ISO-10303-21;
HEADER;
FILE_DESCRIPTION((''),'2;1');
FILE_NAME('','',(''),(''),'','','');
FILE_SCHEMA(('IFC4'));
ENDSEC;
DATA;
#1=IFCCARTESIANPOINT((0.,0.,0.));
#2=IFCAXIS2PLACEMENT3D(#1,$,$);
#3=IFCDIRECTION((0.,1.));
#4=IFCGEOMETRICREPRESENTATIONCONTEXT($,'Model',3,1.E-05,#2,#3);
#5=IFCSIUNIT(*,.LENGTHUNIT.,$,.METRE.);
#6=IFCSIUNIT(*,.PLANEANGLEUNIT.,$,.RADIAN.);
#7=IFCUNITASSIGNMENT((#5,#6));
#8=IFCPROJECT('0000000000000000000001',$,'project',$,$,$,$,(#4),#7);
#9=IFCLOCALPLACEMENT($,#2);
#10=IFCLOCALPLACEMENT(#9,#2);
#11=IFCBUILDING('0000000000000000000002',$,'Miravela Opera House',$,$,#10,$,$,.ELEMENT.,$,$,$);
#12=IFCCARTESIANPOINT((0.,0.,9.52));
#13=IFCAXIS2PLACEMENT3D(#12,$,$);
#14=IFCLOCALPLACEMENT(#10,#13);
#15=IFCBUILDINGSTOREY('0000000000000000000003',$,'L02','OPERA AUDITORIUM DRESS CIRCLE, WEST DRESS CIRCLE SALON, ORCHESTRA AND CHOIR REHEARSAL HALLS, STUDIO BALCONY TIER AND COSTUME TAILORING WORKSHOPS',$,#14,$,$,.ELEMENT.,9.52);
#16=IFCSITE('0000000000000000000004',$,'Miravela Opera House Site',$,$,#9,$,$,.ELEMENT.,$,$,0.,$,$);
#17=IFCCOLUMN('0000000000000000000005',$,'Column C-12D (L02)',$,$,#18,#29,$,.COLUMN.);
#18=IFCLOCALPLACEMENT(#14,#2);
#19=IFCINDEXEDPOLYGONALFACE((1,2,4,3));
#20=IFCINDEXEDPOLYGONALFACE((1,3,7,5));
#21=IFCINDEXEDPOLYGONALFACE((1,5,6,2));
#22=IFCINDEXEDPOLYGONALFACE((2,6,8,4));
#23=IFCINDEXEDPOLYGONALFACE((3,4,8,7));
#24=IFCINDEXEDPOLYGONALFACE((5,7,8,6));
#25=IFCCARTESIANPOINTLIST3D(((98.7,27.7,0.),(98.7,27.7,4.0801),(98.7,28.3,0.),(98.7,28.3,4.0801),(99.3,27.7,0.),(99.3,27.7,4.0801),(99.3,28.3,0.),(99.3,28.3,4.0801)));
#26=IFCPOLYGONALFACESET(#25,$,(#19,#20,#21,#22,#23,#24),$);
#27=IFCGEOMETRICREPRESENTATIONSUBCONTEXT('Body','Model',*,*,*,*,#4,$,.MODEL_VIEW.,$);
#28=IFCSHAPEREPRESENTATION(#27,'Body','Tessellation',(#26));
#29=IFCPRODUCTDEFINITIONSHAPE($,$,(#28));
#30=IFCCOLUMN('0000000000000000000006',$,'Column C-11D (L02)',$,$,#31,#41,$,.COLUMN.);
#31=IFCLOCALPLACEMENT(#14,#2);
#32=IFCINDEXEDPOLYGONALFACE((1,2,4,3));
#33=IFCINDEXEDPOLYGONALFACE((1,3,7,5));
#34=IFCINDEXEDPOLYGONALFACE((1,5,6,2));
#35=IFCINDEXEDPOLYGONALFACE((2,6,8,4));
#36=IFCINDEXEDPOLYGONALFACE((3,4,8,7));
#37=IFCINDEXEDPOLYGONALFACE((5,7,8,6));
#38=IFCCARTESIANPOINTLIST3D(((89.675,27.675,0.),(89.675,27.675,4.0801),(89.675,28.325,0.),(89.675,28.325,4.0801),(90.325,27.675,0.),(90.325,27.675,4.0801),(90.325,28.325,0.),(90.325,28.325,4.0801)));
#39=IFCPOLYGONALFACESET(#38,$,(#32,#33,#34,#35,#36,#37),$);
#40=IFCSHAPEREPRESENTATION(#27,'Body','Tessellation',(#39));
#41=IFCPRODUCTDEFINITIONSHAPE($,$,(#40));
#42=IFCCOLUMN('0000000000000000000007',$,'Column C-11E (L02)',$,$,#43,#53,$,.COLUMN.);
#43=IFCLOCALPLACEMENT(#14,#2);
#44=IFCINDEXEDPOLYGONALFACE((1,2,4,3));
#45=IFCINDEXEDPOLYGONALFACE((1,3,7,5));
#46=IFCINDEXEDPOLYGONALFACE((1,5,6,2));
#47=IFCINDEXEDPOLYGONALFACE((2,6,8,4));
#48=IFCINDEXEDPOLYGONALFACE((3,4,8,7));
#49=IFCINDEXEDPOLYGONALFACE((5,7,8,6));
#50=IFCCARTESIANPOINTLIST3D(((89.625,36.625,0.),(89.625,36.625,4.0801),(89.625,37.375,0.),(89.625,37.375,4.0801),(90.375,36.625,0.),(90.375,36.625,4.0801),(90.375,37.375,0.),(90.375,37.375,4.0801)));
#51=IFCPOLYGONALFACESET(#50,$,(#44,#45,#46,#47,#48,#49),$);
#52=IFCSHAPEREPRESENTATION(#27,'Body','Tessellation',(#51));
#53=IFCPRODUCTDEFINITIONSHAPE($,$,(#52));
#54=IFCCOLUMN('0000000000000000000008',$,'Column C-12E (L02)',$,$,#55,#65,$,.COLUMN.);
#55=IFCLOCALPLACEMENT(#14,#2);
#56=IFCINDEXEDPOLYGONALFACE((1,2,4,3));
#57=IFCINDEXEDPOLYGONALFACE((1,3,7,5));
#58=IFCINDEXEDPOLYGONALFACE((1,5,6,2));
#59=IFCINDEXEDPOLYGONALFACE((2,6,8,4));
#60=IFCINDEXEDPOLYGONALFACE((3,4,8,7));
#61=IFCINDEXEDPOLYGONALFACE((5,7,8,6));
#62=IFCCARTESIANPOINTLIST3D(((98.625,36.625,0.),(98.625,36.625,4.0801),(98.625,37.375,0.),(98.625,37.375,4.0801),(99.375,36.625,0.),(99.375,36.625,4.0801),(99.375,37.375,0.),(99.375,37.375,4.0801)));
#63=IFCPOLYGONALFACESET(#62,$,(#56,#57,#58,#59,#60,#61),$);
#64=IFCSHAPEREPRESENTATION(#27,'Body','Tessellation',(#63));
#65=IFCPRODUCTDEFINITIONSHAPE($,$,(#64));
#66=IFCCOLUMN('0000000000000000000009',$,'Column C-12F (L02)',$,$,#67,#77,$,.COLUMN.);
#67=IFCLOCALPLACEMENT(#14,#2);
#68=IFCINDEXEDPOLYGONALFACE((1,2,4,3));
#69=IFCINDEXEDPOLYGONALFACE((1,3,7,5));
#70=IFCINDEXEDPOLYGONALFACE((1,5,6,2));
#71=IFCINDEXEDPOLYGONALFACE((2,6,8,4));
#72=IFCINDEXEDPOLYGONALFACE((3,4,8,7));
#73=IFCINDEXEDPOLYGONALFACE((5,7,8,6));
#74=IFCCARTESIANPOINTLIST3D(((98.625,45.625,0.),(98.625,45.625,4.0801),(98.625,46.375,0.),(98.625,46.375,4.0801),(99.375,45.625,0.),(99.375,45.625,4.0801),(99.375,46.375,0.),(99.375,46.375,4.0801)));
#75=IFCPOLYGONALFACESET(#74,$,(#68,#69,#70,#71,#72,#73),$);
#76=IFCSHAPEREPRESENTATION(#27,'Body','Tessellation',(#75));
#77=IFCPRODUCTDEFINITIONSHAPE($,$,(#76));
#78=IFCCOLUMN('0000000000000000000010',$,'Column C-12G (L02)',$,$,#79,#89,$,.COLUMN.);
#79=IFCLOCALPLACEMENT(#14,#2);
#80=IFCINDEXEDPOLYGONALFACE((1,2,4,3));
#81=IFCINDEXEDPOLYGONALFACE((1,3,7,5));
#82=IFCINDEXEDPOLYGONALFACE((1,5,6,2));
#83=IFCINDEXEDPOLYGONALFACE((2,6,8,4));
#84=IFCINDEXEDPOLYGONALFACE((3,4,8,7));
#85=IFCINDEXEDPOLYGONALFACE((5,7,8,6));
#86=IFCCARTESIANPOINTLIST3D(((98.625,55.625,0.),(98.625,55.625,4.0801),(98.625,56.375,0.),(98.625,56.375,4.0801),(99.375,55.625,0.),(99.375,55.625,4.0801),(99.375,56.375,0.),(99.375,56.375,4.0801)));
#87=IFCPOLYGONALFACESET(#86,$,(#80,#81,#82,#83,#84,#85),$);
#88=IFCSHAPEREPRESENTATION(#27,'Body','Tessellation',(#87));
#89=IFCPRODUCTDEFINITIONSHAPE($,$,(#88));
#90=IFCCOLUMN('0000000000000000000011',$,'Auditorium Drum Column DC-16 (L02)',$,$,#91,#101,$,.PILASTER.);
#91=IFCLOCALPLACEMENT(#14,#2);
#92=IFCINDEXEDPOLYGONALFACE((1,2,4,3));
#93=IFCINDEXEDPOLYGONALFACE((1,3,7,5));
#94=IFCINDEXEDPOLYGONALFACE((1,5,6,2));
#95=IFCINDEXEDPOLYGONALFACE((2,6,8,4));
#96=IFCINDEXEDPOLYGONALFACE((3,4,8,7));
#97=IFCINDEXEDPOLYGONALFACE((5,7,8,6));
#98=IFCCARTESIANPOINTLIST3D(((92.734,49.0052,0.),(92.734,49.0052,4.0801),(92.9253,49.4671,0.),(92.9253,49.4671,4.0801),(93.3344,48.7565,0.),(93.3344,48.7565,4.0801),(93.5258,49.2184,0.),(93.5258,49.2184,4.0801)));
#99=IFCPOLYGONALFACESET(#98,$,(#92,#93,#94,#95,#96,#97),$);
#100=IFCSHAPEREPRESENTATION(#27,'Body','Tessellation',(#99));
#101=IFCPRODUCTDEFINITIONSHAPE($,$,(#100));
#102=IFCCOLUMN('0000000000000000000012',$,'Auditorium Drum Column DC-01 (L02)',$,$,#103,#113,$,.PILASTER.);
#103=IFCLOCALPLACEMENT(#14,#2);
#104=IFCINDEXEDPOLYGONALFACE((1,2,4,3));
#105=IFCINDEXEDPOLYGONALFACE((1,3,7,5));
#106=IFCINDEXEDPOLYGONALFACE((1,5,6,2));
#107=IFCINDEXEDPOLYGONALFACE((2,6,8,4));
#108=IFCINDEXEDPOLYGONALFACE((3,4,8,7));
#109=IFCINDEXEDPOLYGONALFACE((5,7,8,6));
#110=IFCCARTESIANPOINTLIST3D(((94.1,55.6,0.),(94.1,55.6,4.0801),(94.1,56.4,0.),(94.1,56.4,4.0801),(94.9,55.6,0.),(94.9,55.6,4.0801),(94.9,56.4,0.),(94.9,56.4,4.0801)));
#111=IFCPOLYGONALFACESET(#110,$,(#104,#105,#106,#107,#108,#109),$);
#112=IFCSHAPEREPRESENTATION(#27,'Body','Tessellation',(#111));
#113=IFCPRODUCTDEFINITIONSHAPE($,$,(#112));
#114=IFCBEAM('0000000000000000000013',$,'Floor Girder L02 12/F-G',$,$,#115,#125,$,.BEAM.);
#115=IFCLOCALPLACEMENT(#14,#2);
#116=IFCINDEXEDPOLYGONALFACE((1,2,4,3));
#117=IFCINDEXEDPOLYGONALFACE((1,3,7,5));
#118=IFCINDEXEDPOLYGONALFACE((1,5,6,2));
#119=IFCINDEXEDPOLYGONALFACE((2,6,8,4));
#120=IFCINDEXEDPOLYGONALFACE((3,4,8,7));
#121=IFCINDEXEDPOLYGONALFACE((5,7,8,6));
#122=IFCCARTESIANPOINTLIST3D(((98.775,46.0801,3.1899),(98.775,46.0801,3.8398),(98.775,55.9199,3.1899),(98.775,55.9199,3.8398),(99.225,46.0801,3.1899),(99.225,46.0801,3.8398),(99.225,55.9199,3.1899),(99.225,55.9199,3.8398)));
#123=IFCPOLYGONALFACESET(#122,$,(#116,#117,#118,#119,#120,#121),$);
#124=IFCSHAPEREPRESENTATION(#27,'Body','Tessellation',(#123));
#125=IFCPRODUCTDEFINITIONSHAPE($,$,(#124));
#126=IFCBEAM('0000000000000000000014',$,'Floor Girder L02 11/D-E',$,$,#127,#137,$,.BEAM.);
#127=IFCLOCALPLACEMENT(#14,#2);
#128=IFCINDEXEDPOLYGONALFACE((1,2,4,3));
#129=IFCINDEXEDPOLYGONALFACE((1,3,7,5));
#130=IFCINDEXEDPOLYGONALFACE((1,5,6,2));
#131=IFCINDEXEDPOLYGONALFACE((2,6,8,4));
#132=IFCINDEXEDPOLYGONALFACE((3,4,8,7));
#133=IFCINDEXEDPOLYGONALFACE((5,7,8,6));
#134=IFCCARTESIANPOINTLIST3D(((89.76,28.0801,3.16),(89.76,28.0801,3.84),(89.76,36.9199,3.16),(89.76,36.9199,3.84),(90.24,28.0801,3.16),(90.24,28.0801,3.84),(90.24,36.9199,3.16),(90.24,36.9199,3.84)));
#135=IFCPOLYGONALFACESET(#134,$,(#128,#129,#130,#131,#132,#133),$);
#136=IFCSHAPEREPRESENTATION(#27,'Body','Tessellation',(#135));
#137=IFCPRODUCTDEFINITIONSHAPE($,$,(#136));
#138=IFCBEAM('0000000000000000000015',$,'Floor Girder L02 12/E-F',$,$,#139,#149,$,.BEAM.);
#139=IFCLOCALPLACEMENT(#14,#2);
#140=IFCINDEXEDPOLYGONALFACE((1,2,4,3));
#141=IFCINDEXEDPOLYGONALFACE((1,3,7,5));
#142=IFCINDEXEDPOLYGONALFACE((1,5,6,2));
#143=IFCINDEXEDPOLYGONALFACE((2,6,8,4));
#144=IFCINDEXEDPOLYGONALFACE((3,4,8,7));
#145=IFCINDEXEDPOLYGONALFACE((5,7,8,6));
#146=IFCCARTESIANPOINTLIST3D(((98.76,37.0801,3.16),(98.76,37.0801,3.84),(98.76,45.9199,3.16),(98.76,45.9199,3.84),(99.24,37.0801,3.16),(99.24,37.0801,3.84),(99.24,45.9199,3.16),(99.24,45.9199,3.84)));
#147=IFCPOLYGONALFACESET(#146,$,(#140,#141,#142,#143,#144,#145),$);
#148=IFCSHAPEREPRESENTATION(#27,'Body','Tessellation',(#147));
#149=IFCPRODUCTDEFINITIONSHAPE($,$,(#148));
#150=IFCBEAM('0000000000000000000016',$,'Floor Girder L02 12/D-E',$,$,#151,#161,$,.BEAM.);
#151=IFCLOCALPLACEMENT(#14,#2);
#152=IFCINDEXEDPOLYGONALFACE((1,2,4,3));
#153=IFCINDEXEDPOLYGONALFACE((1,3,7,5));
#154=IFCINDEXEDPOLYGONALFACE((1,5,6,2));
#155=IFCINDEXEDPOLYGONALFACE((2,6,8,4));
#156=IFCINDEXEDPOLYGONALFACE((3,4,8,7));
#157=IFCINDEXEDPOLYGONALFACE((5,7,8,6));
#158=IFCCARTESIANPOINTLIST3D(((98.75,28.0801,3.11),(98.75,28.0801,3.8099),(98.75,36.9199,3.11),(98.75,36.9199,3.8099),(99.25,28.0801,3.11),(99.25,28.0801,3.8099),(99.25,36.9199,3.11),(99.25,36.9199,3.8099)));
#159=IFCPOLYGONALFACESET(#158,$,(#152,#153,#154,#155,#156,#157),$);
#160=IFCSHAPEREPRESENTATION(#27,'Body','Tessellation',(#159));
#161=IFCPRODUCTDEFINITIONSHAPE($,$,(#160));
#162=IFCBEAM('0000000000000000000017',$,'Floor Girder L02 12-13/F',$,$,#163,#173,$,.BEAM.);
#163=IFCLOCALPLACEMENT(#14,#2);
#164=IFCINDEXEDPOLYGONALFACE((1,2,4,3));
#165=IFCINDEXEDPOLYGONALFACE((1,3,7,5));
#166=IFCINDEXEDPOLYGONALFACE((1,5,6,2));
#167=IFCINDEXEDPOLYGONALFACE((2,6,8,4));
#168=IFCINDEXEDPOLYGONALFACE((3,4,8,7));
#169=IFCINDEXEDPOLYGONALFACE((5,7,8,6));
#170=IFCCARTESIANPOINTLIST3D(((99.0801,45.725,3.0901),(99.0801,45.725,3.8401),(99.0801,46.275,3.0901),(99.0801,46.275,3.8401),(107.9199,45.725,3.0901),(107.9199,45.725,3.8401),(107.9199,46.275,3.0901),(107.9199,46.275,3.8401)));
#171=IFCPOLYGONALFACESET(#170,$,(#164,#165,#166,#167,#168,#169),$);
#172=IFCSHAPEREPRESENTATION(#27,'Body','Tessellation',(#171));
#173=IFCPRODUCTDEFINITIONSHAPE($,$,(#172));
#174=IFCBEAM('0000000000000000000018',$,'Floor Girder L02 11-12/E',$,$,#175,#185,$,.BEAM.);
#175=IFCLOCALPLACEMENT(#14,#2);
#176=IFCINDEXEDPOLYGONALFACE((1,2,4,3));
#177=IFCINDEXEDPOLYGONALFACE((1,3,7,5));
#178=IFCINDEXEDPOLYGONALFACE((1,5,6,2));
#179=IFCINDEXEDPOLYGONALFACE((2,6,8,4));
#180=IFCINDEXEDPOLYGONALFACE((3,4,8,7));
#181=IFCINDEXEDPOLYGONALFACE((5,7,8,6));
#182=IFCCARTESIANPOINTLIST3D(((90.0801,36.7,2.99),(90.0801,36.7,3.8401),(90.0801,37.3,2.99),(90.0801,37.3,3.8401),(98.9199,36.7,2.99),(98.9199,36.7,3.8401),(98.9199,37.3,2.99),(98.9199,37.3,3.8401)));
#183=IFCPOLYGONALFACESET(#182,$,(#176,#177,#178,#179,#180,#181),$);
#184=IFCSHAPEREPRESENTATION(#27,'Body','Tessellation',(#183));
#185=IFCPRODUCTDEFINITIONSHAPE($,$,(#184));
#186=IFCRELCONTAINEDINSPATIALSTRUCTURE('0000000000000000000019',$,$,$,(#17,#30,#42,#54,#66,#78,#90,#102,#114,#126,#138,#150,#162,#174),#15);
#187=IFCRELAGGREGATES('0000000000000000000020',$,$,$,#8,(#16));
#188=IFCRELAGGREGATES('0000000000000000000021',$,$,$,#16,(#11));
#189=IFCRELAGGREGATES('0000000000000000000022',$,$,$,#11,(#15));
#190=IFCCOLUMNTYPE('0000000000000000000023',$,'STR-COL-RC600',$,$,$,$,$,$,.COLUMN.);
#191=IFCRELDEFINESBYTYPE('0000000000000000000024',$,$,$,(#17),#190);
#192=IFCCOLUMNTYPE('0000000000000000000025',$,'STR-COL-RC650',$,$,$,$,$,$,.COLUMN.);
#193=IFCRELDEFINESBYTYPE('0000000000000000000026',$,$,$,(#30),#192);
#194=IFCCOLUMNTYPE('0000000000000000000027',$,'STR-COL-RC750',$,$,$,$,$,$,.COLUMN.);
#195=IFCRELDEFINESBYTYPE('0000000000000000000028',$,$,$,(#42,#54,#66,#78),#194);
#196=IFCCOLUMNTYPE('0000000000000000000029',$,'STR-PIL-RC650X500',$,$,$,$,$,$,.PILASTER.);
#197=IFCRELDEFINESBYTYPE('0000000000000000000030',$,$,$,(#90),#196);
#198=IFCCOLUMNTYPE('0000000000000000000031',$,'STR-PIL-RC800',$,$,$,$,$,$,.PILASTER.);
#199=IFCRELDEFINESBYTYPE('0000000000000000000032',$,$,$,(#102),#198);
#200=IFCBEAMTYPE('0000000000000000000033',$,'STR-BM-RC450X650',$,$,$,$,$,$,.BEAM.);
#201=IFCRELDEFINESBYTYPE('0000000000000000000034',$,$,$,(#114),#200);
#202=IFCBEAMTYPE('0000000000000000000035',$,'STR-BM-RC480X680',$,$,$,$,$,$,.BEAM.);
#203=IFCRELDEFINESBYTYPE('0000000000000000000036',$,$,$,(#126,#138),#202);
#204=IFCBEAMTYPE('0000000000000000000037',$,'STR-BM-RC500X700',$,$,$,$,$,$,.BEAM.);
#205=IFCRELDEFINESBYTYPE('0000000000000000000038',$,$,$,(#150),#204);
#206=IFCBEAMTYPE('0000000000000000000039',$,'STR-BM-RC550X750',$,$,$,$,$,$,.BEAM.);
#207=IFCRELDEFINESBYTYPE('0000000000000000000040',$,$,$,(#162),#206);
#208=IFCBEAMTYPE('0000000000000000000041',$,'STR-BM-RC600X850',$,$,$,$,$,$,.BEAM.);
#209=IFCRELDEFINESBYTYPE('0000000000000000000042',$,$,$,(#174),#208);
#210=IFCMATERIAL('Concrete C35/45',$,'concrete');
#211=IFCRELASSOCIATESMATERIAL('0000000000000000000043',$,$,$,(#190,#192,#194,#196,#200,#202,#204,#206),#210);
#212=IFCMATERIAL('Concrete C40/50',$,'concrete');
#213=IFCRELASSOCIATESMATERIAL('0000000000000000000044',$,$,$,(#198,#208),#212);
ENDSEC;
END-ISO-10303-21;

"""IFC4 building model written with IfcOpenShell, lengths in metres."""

from ifc_helpers import new_model, si_unit, direction, frame, origin, origin_2d, place, context, subcontext, project, spatial, rectangle, extrude, material, material_profile, profile_set, type_object, element, save


model = new_model("IFC4")

# Units and contexts
model_context = context("Model", 3, precision=1e-05, world=origin(), true_north=direction((0.0, 1.0)))
body_context = subcontext(model_context, "Body", "Model", "MODEL_VIEW")
ifc_project = project(units=[si_unit("LENGTHUNIT", "METRE"), si_unit("PLANEANGLEUNIT", "RADIAN")], contexts=[model_context])

# Site, building, storey
site_placement = place(None, origin())
site = spatial("IfcSite", under=ifc_project, at=site_placement, Name="Miravela Opera House Site", CompositionType="ELEMENT", RefElevation=0.0)
building_placement = place(site_placement, origin())
building = spatial("IfcBuilding", under=site, at=building_placement, Name="Miravela Opera House", CompositionType="ELEMENT")
storey_placement = place(building_placement, frame((0.0, 0.0, 9.52)))
storey = spatial("IfcBuildingStorey", under=building, at=storey_placement, Name="L02", Description="OPERA AUDITORIUM DRESS CIRCLE, WEST DRESS CIRCLE SALON, ORCHESTRA AND CHOIR REHEARSAL HALLS, STUDIO BALCONY TIER AND COSTUME TAILORING WORKSHOPS", CompositionType="ELEMENT", Elevation=9.52)

# Columns
ifc_material_1 = material(Name="Concrete C35/45", Category="concrete")
ifc_material_profile_1 = material_profile(ifc_material_1, rectangle(XDim=0.6001, YDim=0.6001, at=origin_2d()), Name="RC-COL-600X600")
ifc_profile_set_1 = profile_set([ifc_material_profile_1])
column_type_1 = type_object("IfcColumnType", Name="STR-COL-RC600", PredefinedType="COLUMN", material=ifc_profile_set_1)
column_1_placement = place(storey_placement, frame((99.0, 28.0, 0.0), z_axis=(0.0, 0.0, 1.0), x_axis=(1.0, 0.0, 0.0)))
element("IfcColumn", 1, at=column_1_placement, inside=storey, type_object=column_type_1, Name="Column C-12D (L02)", PredefinedType="COLUMN", context=body_context, shape_type="SweptSolid", body=[
    extrude(rectangle(XDim=0.6001, YDim=0.6001, at=origin_2d()), origin(), (0.0, 0.0, 1.0), 4.0801),
])
ifc_material_profile_2 = material_profile(ifc_material_1, rectangle(XDim=0.6499, YDim=0.6499, at=origin_2d()), Name="RC-COL-650X650")
ifc_profile_set_2 = profile_set([ifc_material_profile_2])
column_type_2 = type_object("IfcColumnType", Name="STR-COL-RC650", PredefinedType="COLUMN", material=ifc_profile_set_2)
column_2_placement = place(storey_placement, frame((90.0, 28.0, 0.0), z_axis=(0.0, 0.0, 1.0), x_axis=(1.0, 0.0, 0.0)))
element("IfcColumn", 2, at=column_2_placement, inside=storey, type_object=column_type_2, Name="Column C-11D (L02)", PredefinedType="COLUMN", context=body_context, shape_type="SweptSolid", body=[
    extrude(rectangle(XDim=0.6499, YDim=0.6499, at=origin_2d()), origin(), (0.0, 0.0, 1.0), 4.0801),
])
ifc_material_profile_3 = material_profile(ifc_material_1, rectangle(XDim=0.75, YDim=0.75, at=origin_2d()), Name="RC-COL-750X750")
ifc_profile_set_3 = profile_set([ifc_material_profile_3])
column_type_3 = type_object("IfcColumnType", Name="STR-COL-RC750", PredefinedType="COLUMN", material=ifc_profile_set_3)
for number, where, z_axis, x_axis, name in (
    (3, (90.0, 37.0, 0.0), (0.0, 0.0, 1.0), (1.0, 0.0, 0.0), "Column C-11E (L02)"),
    (4, (99.0, 37.0, 0.0), (0.0, 0.0, 1.0), (1.0, 0.0, 0.0), "Column C-12E (L02)"),
    (5, (99.0, 46.0, 0.0), (0.0, 0.0, 1.0), (1.0, 0.0, 0.0), "Column C-12F (L02)"),
    (6, (99.0, 56.0, 0.0), (0.0, 0.0, 1.0), (1.0, 0.0, 0.0), "Column C-12G (L02)"),
):
    element("IfcColumn", number, at=place(storey_placement, frame(where, z_axis=z_axis, x_axis=x_axis)), inside=storey, type_object=column_type_3, Name=name, PredefinedType="COLUMN", context=body_context, shape_type="SweptSolid", body=[
        extrude(rectangle(XDim=0.75, YDim=0.75, at=origin_2d()), origin(), (0.0, 0.0, 1.0), 4.0801),
    ])
ifc_material_profile_4 = material_profile(ifc_material_1, rectangle(XDim=0.6499, YDim=0.5, at=origin_2d()), Name="RC-PIL-650X500")
ifc_profile_set_4 = profile_set([ifc_material_profile_4])
column_type_4 = type_object("IfcColumnType", Name="STR-PIL-RC650X500", PredefinedType="PILASTER", material=ifc_profile_set_4)
column_3_placement = place(storey_placement, frame((93.1299, 49.1118, 0.0), z_axis=(0.0, 0.0, 1.0), x_axis=(0.92388, -0.382683, 0.0)))
element("IfcColumn", 7, at=column_3_placement, inside=storey, type_object=column_type_4, Name="Auditorium Drum Column DC-16 (L02)", PredefinedType="PILASTER", context=body_context, shape_type="SweptSolid", body=[
    extrude(rectangle(XDim=0.6499, YDim=0.5, at=origin_2d()), origin(), (0.0, 0.0, 1.0), 4.0801),
])
ifc_material_2 = material(Name="Concrete C40/50", Category="concrete")
ifc_material_profile_5 = material_profile(ifc_material_2, rectangle(XDim=0.8, YDim=0.8, at=origin_2d()), Name="RC-COL-800X800")
ifc_profile_set_5 = profile_set([ifc_material_profile_5])
column_type_5 = type_object("IfcColumnType", Name="STR-PIL-RC800", PredefinedType="PILASTER", material=ifc_profile_set_5)
column_4_placement = place(storey_placement, frame((94.5, 56.0, 0.0), z_axis=(0.0, 0.0, 1.0), x_axis=(1.0, 0.0, 0.0)))
element("IfcColumn", 8, at=column_4_placement, inside=storey, type_object=column_type_5, Name="Auditorium Drum Column DC-01 (L02)", PredefinedType="PILASTER", context=body_context, shape_type="SweptSolid", body=[
    extrude(rectangle(XDim=0.8, YDim=0.8, at=origin_2d()), origin(), (0.0, 0.0, 1.0), 4.0801),
])

# Beams
ifc_material_profile_6 = material_profile(ifc_material_1, rectangle(XDim=0.45, YDim=0.6499, at=origin_2d()), Name="RC-BM-450X650")
ifc_profile_set_6 = profile_set([ifc_material_profile_6])
beam_type_1 = type_object("IfcBeamType", Name="STR-BM-RC450X650", PredefinedType="BEAM", material=ifc_profile_set_6)
beam_1_placement = place(storey_placement, frame((99.0, 46.0801, 3.5149), z_axis=(0.0, 1.0, 0.0), x_axis=(-1.0, 0.0, 0.0)))
element("IfcBeam", 9, at=beam_1_placement, inside=storey, type_object=beam_type_1, Name="Floor Girder L02 12/F-G", PredefinedType="BEAM", context=body_context, shape_type="SweptSolid", body=[
    extrude(rectangle(XDim=0.45, YDim=0.6499, at=origin_2d()), origin(), (0.0, 0.0, 1.0), 9.8398),
])
ifc_material_profile_7 = material_profile(ifc_material_1, rectangle(XDim=0.48, YDim=0.6799, at=origin_2d()), Name="RC-BM-480X680")
ifc_profile_set_7 = profile_set([ifc_material_profile_7])
beam_type_2 = type_object("IfcBeamType", Name="STR-BM-RC480X680", PredefinedType="BEAM", material=ifc_profile_set_7)
for number, where, z_axis, x_axis, name in (
    (10, (90.0, 28.0801, 3.5), (0.0, 1.0, 0.0), (-1.0, 0.0, 0.0), "Floor Girder L02 11/D-E"),
    (11, (99.0, 37.0801, 3.5), (0.0, 1.0, 0.0), (-1.0, 0.0, 0.0), "Floor Girder L02 12/E-F"),
):
    element("IfcBeam", number, at=place(storey_placement, frame(where, z_axis=z_axis, x_axis=x_axis)), inside=storey, type_object=beam_type_2, Name=name, PredefinedType="BEAM", context=body_context, shape_type="SweptSolid", body=[
        extrude(rectangle(XDim=0.48, YDim=0.6799, at=origin_2d()), origin(), (0.0, 0.0, 1.0), 8.8398),
    ])
ifc_material_profile_8 = material_profile(ifc_material_1, rectangle(XDim=0.5, YDim=0.7, at=origin_2d()), Name="RC-BM-500X700")
ifc_profile_set_8 = profile_set([ifc_material_profile_8])
beam_type_3 = type_object("IfcBeamType", Name="STR-BM-RC500X700", PredefinedType="BEAM", material=ifc_profile_set_8)
beam_2_placement = place(storey_placement, frame((99.0, 28.0801, 3.46), z_axis=(0.0, 1.0, 0.0), x_axis=(-1.0, 0.0, 0.0)))
element("IfcBeam", 12, at=beam_2_placement, inside=storey, type_object=beam_type_3, Name="Floor Girder L02 12/D-E", PredefinedType="BEAM", context=body_context, shape_type="SweptSolid", body=[
    extrude(rectangle(XDim=0.5, YDim=0.7, at=origin_2d()), origin(), (0.0, 0.0, 1.0), 8.8398),
])
ifc_material_profile_9 = material_profile(ifc_material_1, rectangle(XDim=0.55, YDim=0.75, at=origin_2d()), Name="RC-BM-550X750")
ifc_profile_set_9 = profile_set([ifc_material_profile_9])
beam_type_4 = type_object("IfcBeamType", Name="STR-BM-RC550X750", PredefinedType="BEAM", material=ifc_profile_set_9)
beam_3_placement = place(storey_placement, frame((99.0801, 46.0, 3.4651), z_axis=(1.0, 0.0, 0.0), x_axis=(0.0, 1.0, 0.0)))
element("IfcBeam", 13, at=beam_3_placement, inside=storey, type_object=beam_type_4, Name="Floor Girder L02 12-13/F", PredefinedType="BEAM", context=body_context, shape_type="SweptSolid", body=[
    extrude(rectangle(XDim=0.55, YDim=0.75, at=origin_2d()), origin(), (0.0, 0.0, 1.0), 8.8398),
])
ifc_material_profile_10 = material_profile(ifc_material_2, rectangle(XDim=0.6001, YDim=0.8501, at=origin_2d()), Name="RC-BM-600X850")
ifc_profile_set_10 = profile_set([ifc_material_profile_10])
beam_type_5 = type_object("IfcBeamType", Name="STR-BM-RC600X850", PredefinedType="BEAM", material=ifc_profile_set_10)
for number, where, z_axis, x_axis, name in (
    (14, (90.0801, 37.0, 3.415), (1.0, 0.0, 0.0), (0.0, 1.0, 0.0), "Floor Girder L02 11-12/E"),
):
    element("IfcBeam", number, at=place(storey_placement, frame(where, z_axis=z_axis, x_axis=x_axis)), inside=storey, type_object=beam_type_5, Name=name, PredefinedType="BEAM", context=body_context, shape_type="SweptSolid", body=[
        extrude(rectangle(XDim=0.6001, YDim=0.8501, at=origin_2d()), origin(), (0.0, 0.0, 1.0), 8.8398),
    ])

save(model, "model.ifc")
